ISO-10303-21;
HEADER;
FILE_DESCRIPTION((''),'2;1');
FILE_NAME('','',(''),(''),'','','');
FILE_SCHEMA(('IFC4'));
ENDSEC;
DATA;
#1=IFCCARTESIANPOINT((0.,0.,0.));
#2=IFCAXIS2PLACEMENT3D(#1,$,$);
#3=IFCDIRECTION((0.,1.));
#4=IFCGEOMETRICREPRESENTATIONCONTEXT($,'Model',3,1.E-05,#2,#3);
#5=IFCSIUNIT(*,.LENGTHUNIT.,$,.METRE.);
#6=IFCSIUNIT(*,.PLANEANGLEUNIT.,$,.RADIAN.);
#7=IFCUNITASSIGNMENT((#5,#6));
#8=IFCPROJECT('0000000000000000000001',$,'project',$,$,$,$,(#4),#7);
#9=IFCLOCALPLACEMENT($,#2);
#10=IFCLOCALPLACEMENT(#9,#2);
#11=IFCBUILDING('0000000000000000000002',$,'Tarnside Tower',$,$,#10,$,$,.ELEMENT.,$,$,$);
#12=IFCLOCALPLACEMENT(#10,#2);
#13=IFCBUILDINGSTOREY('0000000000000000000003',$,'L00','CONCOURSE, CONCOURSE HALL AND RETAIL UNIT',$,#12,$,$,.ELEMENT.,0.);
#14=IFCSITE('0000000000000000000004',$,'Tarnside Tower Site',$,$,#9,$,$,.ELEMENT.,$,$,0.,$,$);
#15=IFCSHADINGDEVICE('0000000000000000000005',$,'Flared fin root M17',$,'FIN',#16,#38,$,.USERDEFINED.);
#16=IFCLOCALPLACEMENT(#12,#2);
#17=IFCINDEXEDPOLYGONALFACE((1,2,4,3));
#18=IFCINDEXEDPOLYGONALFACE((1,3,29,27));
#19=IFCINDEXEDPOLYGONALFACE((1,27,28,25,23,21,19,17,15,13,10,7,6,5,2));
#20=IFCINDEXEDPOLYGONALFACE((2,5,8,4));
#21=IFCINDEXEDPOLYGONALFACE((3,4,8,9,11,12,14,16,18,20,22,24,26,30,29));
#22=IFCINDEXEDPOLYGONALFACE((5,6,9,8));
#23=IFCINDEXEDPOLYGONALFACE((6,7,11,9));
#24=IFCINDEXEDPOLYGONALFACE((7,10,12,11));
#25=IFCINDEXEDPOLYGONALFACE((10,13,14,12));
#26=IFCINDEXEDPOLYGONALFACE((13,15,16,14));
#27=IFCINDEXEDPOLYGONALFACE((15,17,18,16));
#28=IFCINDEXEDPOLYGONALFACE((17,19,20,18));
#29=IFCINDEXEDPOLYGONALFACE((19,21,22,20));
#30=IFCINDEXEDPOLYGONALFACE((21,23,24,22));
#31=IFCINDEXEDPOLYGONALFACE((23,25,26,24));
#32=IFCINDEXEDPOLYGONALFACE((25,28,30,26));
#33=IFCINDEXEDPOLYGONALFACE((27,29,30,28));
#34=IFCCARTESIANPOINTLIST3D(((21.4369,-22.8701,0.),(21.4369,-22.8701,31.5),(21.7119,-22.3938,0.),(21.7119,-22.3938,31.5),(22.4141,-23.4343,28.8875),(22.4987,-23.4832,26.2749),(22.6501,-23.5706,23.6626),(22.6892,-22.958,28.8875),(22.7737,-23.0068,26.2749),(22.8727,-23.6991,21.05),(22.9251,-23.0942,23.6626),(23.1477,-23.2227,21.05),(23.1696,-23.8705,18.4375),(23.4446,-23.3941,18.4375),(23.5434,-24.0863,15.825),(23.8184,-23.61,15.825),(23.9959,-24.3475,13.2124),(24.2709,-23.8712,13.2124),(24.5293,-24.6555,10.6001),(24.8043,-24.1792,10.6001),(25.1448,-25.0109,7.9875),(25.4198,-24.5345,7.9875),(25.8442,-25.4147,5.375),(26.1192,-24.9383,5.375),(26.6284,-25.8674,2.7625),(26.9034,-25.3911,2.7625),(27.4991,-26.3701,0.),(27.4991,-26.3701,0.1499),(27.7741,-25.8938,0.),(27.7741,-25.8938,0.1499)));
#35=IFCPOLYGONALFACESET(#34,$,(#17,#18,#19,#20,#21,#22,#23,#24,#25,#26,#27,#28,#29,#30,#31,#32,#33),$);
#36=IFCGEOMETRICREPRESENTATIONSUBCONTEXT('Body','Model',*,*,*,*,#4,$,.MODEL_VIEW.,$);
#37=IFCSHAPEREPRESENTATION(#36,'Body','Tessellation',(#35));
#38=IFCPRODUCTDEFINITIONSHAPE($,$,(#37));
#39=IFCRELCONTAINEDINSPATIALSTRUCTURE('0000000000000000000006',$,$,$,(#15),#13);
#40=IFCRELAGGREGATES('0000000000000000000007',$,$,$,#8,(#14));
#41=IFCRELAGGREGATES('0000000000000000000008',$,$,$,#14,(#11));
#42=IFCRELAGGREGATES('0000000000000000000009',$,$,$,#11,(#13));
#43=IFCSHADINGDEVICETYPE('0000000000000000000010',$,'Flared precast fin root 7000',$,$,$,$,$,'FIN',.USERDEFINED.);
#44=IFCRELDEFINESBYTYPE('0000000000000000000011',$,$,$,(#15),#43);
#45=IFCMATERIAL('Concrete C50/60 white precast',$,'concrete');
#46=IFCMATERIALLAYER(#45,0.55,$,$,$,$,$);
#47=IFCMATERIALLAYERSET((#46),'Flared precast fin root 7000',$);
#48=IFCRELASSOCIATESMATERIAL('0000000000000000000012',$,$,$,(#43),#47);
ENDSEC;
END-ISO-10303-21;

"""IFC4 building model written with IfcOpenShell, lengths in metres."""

from ifc_helpers import new_model, si_unit, direction, frame, origin, place, context, subcontext, project, spatial, polyline, outline, extrude, material, layer, layer_set, type_object, element, save


model = new_model("IFC4")

# Units and contexts
model_context = context("Model", 3, precision=1e-05, world=origin(), true_north=direction((0.0, 1.0)))
body_context = subcontext(model_context, "Body", "Model", "MODEL_VIEW")
ifc_project = project(units=[si_unit("LENGTHUNIT", "METRE"), si_unit("PLANEANGLEUNIT", "RADIAN")], contexts=[model_context])

# Site, building, storey
site_placement = place(None, origin())
site = spatial("IfcSite", under=ifc_project, at=site_placement, Name="Tarnside Tower Site", CompositionType="ELEMENT", RefElevation=0.0)
building_placement = place(site_placement, origin())
building = spatial("IfcBuilding", under=site, at=building_placement, Name="Tarnside Tower", CompositionType="ELEMENT")
storey_placement = place(building_placement, origin())
storey = spatial("IfcBuildingStorey", under=building, at=storey_placement, Name="L00", Description="CONCOURSE, CONCOURSE HALL AND RETAIL UNIT", CompositionType="ELEMENT", Elevation=0.0)

# Shared definitions
ifc_material_1 = material(Name="Concrete C50/60 white precast", Category="concrete")

# Shading device
ifc_layer_1 = layer(ifc_material_1, 0.55)
ifc_layer_set_1 = layer_set([ifc_layer_1], Name="Flared precast fin root 7000")
shading_device_type = type_object("IfcShadingDeviceType", Name="Flared precast fin root 7000", ElementType="FIN", PredefinedType="USERDEFINED", material=ifc_layer_set_1)
shading_device_placement = place(storey_placement, frame((21.5745, -22.6318, 0.0), z_axis=(-0.5, -0.866025, 0.0), x_axis=(0.866025, -0.5, 0.0)))
element("IfcShadingDevice", 1, at=shading_device_placement, inside=storey, type_object=shading_device_type, Name="Flared fin root M17", ObjectType="FIN", PredefinedType="USERDEFINED", context=body_context, shape_type="SweptSolid", body=[
    extrude(outline(polyline([(0.0, 0.0), (7.0, 0.0), (7.0, 0.1499), (5.9946, 2.7625), (5.0891, 5.375), (4.2815, 7.9875), (3.5708, 10.6001), (2.9548, 13.2124), (2.4324, 15.825), (2.0007, 18.4375), (1.658, 21.05), (1.4009, 23.6626), (1.2261, 26.2749), (1.1284, 28.8875), (0.0, 31.5), (0.0, 0.0)])), frame((0.0, 0.0, -0.2749)), (0.0, 0.0, 1.0), 0.55),
])

save(model, "model.ifc")
